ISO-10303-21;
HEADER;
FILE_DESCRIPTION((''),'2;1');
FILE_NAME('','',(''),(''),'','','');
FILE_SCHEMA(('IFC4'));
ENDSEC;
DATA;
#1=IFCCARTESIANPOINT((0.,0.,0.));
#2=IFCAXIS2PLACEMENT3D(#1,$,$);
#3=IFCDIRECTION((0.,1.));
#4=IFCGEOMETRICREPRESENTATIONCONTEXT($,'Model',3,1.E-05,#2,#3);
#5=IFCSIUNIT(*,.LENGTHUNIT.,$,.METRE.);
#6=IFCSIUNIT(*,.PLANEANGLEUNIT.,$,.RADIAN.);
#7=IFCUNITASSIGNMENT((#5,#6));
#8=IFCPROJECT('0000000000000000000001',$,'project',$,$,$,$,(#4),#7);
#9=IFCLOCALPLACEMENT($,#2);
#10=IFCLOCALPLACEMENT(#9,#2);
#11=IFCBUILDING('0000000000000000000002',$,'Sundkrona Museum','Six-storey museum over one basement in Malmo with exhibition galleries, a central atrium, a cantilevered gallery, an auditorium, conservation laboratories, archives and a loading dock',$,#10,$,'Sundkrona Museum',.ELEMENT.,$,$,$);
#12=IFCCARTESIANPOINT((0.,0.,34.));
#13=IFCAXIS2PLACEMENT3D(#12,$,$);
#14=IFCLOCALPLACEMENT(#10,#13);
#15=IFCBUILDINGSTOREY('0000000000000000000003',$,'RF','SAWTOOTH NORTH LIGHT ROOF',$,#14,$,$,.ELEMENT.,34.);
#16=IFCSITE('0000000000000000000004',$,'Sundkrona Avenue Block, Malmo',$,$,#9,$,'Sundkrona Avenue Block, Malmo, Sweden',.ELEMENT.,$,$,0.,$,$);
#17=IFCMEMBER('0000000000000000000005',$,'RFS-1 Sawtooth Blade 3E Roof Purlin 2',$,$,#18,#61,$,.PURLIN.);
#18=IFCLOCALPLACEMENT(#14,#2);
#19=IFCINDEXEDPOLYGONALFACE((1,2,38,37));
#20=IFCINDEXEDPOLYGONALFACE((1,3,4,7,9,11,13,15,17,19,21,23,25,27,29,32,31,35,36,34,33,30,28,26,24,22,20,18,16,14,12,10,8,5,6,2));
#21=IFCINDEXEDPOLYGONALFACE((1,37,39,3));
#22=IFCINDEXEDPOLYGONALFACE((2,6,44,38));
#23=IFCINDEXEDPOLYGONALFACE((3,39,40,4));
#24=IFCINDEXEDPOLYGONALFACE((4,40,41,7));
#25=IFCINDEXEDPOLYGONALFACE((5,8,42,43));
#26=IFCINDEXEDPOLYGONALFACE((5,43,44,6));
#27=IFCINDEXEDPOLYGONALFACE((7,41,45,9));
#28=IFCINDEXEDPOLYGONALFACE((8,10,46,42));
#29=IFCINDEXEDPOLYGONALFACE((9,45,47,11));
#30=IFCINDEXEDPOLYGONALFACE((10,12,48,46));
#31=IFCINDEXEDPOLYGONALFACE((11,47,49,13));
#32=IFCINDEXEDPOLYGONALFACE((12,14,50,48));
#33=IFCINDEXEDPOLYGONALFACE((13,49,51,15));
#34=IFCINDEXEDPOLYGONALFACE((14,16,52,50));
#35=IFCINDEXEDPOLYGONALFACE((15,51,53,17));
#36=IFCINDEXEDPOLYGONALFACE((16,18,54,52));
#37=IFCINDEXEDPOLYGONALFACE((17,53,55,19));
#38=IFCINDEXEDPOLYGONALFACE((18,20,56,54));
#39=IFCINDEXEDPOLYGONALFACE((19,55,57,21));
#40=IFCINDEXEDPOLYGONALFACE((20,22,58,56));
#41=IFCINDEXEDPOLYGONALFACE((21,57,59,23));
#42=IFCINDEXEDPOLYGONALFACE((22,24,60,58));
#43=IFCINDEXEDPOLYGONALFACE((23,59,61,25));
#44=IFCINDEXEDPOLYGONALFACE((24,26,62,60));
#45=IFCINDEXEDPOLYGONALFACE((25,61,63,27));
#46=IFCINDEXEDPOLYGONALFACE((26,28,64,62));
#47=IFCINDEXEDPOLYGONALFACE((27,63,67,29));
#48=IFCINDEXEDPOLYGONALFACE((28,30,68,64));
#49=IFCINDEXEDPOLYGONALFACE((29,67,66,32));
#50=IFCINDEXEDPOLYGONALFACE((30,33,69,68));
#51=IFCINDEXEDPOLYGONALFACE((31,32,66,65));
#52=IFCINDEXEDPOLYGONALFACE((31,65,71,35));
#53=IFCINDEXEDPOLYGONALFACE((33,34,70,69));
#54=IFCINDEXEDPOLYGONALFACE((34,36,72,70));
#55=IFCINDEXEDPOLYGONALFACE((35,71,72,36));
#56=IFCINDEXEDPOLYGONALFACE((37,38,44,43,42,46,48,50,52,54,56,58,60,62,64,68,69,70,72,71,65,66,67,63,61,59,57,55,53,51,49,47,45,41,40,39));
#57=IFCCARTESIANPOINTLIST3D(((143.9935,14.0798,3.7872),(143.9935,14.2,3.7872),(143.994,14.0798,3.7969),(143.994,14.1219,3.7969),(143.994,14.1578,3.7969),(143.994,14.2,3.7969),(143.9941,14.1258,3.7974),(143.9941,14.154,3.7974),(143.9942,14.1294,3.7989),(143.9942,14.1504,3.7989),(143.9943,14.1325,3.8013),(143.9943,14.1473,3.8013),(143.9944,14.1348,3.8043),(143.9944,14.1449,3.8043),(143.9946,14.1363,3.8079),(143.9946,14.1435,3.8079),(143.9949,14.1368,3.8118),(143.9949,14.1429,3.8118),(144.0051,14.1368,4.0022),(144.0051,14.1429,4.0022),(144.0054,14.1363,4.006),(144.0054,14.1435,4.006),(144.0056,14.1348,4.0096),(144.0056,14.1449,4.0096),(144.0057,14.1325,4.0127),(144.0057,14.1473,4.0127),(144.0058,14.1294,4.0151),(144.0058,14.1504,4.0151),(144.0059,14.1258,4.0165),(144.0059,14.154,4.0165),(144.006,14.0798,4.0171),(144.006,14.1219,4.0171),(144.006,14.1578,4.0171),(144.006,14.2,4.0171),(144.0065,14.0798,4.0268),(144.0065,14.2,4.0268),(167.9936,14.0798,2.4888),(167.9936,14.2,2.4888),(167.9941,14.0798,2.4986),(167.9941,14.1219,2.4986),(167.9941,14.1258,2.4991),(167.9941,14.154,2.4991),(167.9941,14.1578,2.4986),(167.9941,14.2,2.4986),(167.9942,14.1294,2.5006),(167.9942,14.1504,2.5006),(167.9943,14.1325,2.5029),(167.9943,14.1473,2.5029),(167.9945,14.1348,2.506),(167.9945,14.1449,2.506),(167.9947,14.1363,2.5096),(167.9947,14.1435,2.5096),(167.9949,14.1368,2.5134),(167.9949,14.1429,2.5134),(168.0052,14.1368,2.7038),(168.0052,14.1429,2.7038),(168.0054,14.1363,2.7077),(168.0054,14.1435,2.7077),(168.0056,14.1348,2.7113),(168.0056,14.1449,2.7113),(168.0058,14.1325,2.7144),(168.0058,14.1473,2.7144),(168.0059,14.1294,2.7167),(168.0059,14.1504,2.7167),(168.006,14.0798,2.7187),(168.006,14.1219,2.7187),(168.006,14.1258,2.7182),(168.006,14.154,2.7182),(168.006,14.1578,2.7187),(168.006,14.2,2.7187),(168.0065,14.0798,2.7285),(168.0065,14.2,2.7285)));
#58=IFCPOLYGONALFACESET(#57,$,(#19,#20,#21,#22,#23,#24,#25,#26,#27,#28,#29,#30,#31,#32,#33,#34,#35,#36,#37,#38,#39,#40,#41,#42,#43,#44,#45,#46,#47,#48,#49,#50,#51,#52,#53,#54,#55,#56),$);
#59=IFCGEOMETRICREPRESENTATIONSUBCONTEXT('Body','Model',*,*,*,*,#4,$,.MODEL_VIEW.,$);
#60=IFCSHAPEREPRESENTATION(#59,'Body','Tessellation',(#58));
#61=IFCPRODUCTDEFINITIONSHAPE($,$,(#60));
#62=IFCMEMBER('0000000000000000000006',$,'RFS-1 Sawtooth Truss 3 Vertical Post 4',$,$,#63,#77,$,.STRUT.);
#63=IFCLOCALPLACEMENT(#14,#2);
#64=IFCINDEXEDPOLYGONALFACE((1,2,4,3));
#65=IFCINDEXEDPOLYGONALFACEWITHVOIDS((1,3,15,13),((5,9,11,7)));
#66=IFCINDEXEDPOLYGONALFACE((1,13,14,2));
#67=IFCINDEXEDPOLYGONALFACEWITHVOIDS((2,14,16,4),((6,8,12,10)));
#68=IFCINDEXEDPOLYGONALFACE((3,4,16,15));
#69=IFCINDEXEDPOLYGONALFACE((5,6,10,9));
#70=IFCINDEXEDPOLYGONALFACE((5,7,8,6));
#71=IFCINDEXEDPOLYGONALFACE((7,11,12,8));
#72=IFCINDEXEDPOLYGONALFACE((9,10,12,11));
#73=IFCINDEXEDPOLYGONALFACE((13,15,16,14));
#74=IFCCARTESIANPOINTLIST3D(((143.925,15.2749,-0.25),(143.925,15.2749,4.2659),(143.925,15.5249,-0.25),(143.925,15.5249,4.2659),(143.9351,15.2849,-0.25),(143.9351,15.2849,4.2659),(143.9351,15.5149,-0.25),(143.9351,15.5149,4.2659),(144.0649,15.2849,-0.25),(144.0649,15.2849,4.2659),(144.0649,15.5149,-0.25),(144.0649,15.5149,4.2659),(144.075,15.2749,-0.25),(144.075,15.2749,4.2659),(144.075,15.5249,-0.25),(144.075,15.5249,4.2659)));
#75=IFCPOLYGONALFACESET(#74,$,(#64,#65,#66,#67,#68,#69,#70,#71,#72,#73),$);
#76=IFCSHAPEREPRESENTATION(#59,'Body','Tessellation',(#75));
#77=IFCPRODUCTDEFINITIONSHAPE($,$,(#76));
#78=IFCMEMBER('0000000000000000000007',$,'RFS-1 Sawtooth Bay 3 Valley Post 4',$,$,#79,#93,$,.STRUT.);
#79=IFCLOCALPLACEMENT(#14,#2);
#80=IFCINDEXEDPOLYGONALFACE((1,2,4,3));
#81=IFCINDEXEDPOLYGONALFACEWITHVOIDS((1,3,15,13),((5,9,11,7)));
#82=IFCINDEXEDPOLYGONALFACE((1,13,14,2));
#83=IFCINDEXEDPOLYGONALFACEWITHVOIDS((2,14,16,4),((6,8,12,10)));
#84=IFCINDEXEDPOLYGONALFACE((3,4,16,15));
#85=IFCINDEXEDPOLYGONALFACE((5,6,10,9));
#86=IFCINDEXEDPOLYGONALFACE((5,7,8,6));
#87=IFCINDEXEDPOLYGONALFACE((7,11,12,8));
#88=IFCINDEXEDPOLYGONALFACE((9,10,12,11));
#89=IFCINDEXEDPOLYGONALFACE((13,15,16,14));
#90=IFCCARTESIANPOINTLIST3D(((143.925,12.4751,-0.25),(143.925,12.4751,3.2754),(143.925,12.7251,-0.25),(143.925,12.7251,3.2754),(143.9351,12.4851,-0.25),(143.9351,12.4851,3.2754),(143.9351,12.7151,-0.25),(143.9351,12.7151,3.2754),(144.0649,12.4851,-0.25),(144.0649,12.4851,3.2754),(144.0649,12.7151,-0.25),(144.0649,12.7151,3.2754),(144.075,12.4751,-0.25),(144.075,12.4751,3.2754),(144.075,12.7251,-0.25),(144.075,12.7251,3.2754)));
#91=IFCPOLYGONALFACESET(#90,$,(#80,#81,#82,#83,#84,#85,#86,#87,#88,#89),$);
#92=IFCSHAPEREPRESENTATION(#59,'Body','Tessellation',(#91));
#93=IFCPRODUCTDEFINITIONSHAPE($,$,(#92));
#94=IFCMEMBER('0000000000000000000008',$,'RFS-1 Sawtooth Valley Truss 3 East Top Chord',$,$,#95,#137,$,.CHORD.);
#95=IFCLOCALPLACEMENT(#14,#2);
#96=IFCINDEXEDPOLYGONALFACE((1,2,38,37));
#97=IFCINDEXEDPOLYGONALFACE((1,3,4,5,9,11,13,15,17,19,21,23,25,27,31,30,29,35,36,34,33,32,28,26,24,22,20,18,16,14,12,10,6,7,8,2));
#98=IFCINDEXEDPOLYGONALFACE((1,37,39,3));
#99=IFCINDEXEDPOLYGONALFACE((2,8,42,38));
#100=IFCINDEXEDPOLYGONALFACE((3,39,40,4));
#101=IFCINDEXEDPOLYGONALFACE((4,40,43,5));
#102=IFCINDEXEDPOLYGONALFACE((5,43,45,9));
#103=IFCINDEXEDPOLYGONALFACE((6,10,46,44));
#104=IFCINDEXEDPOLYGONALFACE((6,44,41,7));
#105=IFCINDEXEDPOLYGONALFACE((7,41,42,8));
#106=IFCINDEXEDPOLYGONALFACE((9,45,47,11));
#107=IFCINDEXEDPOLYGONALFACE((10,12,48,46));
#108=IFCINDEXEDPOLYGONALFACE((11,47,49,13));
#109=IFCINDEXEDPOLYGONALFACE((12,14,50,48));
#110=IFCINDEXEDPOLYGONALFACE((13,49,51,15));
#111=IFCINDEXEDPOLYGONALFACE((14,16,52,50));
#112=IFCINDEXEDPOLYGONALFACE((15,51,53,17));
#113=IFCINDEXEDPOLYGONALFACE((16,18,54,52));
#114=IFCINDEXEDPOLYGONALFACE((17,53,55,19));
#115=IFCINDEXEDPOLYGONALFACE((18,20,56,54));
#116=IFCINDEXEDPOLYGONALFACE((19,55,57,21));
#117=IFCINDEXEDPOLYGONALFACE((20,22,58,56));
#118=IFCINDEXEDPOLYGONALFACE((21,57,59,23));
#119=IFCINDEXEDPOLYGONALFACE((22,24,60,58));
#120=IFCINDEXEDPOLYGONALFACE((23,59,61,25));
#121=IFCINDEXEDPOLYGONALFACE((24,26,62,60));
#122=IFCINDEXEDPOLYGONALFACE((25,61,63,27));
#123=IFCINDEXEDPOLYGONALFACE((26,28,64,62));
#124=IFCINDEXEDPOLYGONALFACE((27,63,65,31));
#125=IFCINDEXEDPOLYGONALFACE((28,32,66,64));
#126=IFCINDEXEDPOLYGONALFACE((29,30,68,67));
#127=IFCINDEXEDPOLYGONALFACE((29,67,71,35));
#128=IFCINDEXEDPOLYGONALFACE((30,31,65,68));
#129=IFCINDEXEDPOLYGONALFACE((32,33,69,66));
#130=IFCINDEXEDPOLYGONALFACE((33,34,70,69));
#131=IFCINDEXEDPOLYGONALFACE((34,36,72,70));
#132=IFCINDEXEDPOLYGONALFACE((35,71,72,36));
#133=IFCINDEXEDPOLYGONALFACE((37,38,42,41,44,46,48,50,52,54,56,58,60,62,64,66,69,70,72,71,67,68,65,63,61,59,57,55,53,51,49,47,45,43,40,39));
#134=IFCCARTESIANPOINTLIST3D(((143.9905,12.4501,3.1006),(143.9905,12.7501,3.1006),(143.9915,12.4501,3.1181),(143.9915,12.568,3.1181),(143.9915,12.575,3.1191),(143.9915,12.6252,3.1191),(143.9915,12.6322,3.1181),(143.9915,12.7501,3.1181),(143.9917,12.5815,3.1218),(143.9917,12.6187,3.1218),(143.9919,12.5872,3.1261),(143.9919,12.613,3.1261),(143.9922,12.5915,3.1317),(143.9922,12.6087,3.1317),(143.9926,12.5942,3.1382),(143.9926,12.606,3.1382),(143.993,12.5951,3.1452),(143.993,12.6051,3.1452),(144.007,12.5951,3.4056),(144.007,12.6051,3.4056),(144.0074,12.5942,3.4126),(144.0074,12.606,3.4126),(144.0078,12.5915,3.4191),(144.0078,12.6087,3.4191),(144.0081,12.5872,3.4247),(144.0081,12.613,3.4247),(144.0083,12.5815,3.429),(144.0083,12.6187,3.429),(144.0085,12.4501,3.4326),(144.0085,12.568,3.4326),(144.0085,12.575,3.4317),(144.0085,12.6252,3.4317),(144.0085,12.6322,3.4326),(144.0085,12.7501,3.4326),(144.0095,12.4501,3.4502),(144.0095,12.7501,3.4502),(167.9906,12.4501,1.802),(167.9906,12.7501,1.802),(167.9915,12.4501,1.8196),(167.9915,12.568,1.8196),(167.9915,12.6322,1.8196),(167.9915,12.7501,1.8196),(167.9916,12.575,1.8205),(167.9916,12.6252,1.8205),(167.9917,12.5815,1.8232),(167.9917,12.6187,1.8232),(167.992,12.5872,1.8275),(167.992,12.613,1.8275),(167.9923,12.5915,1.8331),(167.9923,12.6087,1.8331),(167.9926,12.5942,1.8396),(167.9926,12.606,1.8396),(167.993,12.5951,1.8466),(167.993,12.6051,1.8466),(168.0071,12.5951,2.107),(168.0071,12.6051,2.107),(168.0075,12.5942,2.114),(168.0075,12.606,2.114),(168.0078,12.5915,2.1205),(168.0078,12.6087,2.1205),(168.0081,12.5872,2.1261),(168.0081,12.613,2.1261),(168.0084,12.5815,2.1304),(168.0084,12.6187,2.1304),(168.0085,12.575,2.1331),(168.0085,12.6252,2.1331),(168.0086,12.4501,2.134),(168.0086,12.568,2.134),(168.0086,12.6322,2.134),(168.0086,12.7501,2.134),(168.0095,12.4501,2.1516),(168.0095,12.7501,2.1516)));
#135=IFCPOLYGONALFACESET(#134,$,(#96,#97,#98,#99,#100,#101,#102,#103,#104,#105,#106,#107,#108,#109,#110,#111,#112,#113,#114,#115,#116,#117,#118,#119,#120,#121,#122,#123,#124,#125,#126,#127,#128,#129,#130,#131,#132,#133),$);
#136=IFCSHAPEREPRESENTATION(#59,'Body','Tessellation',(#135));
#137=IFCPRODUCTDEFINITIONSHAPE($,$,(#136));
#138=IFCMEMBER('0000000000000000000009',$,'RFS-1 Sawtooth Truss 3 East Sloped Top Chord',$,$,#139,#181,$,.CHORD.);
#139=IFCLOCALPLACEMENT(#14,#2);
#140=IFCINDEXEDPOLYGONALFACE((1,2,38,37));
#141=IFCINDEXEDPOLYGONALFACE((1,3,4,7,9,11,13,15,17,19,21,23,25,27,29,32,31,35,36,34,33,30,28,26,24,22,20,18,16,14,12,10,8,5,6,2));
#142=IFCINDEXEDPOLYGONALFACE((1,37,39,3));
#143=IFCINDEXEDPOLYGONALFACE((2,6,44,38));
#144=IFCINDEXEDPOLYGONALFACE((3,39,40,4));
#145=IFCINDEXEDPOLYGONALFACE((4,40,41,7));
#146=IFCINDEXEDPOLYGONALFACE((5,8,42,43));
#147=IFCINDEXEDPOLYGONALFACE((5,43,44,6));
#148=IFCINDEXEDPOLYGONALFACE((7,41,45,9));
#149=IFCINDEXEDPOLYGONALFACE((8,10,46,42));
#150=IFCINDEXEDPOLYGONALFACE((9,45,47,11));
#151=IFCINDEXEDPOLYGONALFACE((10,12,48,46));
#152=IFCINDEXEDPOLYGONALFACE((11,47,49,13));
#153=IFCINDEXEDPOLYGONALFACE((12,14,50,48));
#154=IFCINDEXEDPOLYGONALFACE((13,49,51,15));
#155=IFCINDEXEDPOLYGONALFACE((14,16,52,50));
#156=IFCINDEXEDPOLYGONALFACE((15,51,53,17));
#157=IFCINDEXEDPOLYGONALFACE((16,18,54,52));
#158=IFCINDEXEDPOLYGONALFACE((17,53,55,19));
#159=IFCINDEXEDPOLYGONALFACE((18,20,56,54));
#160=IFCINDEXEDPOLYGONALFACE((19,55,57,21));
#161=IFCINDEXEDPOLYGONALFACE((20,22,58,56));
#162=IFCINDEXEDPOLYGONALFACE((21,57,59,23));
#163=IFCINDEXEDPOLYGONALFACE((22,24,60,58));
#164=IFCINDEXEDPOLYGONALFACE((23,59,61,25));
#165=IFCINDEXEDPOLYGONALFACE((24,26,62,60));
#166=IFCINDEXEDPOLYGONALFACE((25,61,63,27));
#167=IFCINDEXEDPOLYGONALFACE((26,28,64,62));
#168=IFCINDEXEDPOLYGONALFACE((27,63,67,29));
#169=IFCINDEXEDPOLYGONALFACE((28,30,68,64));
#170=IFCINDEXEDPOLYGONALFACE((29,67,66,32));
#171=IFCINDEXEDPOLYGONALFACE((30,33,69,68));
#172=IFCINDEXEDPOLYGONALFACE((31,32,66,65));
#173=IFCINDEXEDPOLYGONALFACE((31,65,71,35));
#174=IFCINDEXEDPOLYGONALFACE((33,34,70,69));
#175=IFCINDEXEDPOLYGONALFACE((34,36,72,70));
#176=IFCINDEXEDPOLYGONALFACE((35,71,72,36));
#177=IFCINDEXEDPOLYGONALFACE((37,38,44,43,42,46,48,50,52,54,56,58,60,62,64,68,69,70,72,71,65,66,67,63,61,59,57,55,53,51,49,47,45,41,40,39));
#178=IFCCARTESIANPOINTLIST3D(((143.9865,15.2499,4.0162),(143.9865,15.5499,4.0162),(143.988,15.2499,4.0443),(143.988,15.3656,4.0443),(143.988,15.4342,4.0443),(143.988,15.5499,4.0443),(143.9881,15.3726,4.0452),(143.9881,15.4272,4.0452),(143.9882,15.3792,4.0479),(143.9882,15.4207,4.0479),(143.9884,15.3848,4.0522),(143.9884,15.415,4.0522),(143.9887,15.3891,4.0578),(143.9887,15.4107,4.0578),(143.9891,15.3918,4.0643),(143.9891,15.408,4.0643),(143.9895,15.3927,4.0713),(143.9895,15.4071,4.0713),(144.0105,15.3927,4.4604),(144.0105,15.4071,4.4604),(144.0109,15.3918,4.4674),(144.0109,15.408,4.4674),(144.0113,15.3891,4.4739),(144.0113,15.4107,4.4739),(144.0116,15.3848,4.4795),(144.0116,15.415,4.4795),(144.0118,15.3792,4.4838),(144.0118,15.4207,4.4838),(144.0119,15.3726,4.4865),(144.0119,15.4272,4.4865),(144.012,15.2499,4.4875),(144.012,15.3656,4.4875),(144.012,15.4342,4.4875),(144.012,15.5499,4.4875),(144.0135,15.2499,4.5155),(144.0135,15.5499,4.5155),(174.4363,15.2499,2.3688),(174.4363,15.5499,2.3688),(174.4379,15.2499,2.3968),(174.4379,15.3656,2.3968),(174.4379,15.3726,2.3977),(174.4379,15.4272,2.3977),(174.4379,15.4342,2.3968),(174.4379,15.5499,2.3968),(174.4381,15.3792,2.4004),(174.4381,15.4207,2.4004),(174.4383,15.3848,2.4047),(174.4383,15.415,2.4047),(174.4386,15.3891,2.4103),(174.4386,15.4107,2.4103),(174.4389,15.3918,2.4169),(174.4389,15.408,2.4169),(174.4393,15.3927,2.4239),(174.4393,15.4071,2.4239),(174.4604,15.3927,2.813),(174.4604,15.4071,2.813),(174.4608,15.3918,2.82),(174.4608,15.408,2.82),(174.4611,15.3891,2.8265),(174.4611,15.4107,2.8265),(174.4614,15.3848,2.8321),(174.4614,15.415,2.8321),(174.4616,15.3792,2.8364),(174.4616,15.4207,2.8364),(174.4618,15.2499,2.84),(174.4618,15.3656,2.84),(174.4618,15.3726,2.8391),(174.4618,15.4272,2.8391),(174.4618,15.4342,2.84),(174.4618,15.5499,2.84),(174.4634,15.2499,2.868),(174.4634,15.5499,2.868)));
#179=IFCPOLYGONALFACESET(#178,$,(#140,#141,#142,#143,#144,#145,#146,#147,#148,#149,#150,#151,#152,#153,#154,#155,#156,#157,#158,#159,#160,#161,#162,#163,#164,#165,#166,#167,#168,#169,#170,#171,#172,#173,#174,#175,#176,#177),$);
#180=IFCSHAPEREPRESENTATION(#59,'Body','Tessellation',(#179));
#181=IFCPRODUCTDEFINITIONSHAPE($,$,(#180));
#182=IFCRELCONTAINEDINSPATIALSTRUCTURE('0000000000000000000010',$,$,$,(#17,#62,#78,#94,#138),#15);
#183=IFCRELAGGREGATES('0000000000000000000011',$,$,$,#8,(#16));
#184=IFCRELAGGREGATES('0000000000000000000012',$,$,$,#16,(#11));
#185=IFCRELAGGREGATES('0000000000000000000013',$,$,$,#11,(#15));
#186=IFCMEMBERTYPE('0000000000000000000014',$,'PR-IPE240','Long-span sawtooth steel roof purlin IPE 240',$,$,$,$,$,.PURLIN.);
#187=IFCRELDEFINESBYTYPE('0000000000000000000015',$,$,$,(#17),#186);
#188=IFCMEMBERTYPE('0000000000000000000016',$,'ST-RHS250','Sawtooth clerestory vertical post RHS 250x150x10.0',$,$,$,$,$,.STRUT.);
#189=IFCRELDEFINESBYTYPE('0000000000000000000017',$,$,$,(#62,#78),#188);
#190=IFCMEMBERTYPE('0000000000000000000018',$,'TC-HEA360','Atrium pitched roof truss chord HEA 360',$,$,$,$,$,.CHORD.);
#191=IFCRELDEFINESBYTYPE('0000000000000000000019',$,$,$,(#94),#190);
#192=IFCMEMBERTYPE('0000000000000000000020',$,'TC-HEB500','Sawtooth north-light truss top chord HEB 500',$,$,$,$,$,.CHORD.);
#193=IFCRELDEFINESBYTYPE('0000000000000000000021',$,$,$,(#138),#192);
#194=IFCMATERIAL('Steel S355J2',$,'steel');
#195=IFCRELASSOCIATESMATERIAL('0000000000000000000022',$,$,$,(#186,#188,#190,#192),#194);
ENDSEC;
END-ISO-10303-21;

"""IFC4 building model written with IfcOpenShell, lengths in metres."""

from ifc_helpers import new_model, si_unit, direction, frame, origin, origin_2d, place, context, subcontext, project, spatial, hollow_rectangle, i_section, extrude, material, material_profile, profile_set, type_object, element, save


model = new_model("IFC4")

# Units and contexts
model_context = context("Model", 3, precision=1e-05, world=origin(), true_north=direction((0.0, 1.0)))
body_context = subcontext(model_context, "Body", "Model", "MODEL_VIEW")
ifc_project = project(units=[si_unit("LENGTHUNIT", "METRE"), si_unit("PLANEANGLEUNIT", "RADIAN")], contexts=[model_context])

# Site, building, storey
site_placement = place(None, origin())
site = spatial("IfcSite", under=ifc_project, at=site_placement, Name="Sundkrona Avenue Block, Malmo", LongName="Sundkrona Avenue Block, Malmo, Sweden", CompositionType="ELEMENT", RefElevation=0.0)
building_placement = place(site_placement, origin())
building = spatial("IfcBuilding", under=site, at=building_placement, Name="Sundkrona Museum", Description="Six-storey museum over one basement in Malmo with exhibition galleries, a central atrium, a cantilevered gallery, an auditorium, conservation laboratories, archives and a loading dock", LongName="Sundkrona Museum", CompositionType="ELEMENT")
storey_placement = place(building_placement, frame((0.0, 0.0, 34.0)))
storey = spatial("IfcBuildingStorey", under=building, at=storey_placement, Name="RF", Description="SAWTOOTH NORTH LIGHT ROOF", CompositionType="ELEMENT", Elevation=34.0)

# Members
ifc_material_1 = material(Name="Steel S355J2", Category="steel")
ifc_material_profile_1 = material_profile(ifc_material_1, i_section(OverallWidth=0.1201, OverallDepth=0.24, WebThickness=0.0061, FlangeThickness=0.0098, FilletRadius=0.0149, at=origin_2d()), Name="IPE 240")
ifc_profile_set_1 = profile_set([ifc_material_profile_1], Name="Steel S355J2")
member_type_1 = type_object("IfcMemberType", Name="PR-IPE240", Description="Long-span sawtooth steel roof purlin IPE 240", PredefinedType="PURLIN", material=ifc_profile_set_1)
member_1_placement = place(storey_placement, frame((144.0, 14.1399, 3.907), z_axis=(0.99854, 0.0, -0.054019), x_axis=(0.0, 1.0, 0.0)))
element("IfcMember", 1, at=member_1_placement, inside=storey, type_object=member_type_1, Name="RFS-1 Sawtooth Blade 3E Roof Purlin 2", PredefinedType="PURLIN", context=body_context, shape_type="SweptSolid", body=[
    extrude(i_section(OverallWidth=0.1201, OverallDepth=0.24, WebThickness=0.0061, FlangeThickness=0.0098, FilletRadius=0.0149, at=origin_2d()), origin(), (0.0, 0.0, 1.0), 24.0352),
])
ifc_material_profile_2 = material_profile(ifc_material_1, hollow_rectangle(XDim=0.1499, YDim=0.25, WallThickness=0.01, at=origin_2d()), Name="RHS 250x150x10.0")
ifc_profile_set_2 = profile_set([ifc_material_profile_2], Name="Steel S355J2")
member_type_2 = type_object("IfcMemberType", Name="ST-RHS250", Description="Sawtooth clerestory vertical post RHS 250x150x10.0", PredefinedType="STRUT", material=ifc_profile_set_2)
member_2_placement = place(storey_placement, frame((144.0, 15.3999, -0.25), z_axis=(0.0, 0.0, 1.0), x_axis=(1.0, 0.0, 0.0)))
element("IfcMember", 2, at=member_2_placement, inside=storey, type_object=member_type_2, Name="RFS-1 Sawtooth Truss 3 Vertical Post 4", PredefinedType="STRUT", context=body_context, shape_type="SweptSolid", body=[
    extrude(hollow_rectangle(XDim=0.1499, YDim=0.25, WallThickness=0.01, at=origin_2d()), origin(), (0.0, 0.0, 1.0), 4.5159),
])
member_3_placement = place(storey_placement, frame((144.0, 12.6001, -0.25), z_axis=(0.0, 0.0, 1.0), x_axis=(1.0, 0.0, 0.0)))
element("IfcMember", 3, at=member_3_placement, inside=storey, type_object=member_type_2, Name="RFS-1 Sawtooth Bay 3 Valley Post 4", PredefinedType="STRUT", context=body_context, shape_type="SweptSolid", body=[
    extrude(hollow_rectangle(XDim=0.1499, YDim=0.25, WallThickness=0.01, at=origin_2d()), origin(), (0.0, 0.0, 1.0), 3.5254),
])
ifc_material_profile_3 = material_profile(ifc_material_1, i_section(OverallWidth=0.3, OverallDepth=0.3501, WebThickness=0.01, FlangeThickness=0.0176, FilletRadius=0.0271, at=origin_2d()), Name="HEA 360")
ifc_profile_set_3 = profile_set([ifc_material_profile_3], Name="Steel S355J2")
member_type_3 = type_object("IfcMemberType", Name="TC-HEA360", Description="Atrium pitched roof truss chord HEA 360", PredefinedType="CHORD", material=ifc_profile_set_3)
member_4_placement = place(storey_placement, frame((144.0, 12.6001, 3.2754), z_axis=(0.998539, 0.0, -0.054029), x_axis=(0.0, 1.0, 0.0)))
element("IfcMember", 4, at=member_4_placement, inside=storey, type_object=member_type_3, Name="RFS-1 Sawtooth Valley Truss 3 East Top Chord", PredefinedType="CHORD", context=body_context, shape_type="SweptSolid", body=[
    extrude(i_section(OverallWidth=0.3, OverallDepth=0.3501, WebThickness=0.01, FlangeThickness=0.0176, FilletRadius=0.0271, at=origin_2d()), origin(), (0.0, 0.0, 1.0), 24.0352),
])
ifc_material_profile_4 = material_profile(ifc_material_1, i_section(OverallWidth=0.3, OverallDepth=0.5, WebThickness=0.0144, FlangeThickness=0.0281, FilletRadius=0.0271, at=origin_2d()), Name="HEB 500")
ifc_profile_set_4 = profile_set([ifc_material_profile_4], Name="Steel S355J2")
member_type_4 = type_object("IfcMemberType", Name="TC-HEB500", Description="Sawtooth north-light truss top chord HEB 500", PredefinedType="CHORD", material=ifc_profile_set_4)
member_5_placement = place(storey_placement, frame((144.0, 15.3999, 4.2659), z_axis=(0.99854, 0.0, -0.054025), x_axis=(0.0, 1.0, 0.0)))
element("IfcMember", 5, at=member_5_placement, inside=storey, type_object=member_type_4, Name="RFS-1 Sawtooth Truss 3 East Sloped Top Chord", PredefinedType="CHORD", context=body_context, shape_type="SweptSolid", body=[
    extrude(i_section(OverallWidth=0.3, OverallDepth=0.5, WebThickness=0.0144, FlangeThickness=0.0281, FilletRadius=0.0271, at=origin_2d()), origin(), (0.0, 0.0, 1.0), 30.4944),
])

save(model, "model.ifc")
